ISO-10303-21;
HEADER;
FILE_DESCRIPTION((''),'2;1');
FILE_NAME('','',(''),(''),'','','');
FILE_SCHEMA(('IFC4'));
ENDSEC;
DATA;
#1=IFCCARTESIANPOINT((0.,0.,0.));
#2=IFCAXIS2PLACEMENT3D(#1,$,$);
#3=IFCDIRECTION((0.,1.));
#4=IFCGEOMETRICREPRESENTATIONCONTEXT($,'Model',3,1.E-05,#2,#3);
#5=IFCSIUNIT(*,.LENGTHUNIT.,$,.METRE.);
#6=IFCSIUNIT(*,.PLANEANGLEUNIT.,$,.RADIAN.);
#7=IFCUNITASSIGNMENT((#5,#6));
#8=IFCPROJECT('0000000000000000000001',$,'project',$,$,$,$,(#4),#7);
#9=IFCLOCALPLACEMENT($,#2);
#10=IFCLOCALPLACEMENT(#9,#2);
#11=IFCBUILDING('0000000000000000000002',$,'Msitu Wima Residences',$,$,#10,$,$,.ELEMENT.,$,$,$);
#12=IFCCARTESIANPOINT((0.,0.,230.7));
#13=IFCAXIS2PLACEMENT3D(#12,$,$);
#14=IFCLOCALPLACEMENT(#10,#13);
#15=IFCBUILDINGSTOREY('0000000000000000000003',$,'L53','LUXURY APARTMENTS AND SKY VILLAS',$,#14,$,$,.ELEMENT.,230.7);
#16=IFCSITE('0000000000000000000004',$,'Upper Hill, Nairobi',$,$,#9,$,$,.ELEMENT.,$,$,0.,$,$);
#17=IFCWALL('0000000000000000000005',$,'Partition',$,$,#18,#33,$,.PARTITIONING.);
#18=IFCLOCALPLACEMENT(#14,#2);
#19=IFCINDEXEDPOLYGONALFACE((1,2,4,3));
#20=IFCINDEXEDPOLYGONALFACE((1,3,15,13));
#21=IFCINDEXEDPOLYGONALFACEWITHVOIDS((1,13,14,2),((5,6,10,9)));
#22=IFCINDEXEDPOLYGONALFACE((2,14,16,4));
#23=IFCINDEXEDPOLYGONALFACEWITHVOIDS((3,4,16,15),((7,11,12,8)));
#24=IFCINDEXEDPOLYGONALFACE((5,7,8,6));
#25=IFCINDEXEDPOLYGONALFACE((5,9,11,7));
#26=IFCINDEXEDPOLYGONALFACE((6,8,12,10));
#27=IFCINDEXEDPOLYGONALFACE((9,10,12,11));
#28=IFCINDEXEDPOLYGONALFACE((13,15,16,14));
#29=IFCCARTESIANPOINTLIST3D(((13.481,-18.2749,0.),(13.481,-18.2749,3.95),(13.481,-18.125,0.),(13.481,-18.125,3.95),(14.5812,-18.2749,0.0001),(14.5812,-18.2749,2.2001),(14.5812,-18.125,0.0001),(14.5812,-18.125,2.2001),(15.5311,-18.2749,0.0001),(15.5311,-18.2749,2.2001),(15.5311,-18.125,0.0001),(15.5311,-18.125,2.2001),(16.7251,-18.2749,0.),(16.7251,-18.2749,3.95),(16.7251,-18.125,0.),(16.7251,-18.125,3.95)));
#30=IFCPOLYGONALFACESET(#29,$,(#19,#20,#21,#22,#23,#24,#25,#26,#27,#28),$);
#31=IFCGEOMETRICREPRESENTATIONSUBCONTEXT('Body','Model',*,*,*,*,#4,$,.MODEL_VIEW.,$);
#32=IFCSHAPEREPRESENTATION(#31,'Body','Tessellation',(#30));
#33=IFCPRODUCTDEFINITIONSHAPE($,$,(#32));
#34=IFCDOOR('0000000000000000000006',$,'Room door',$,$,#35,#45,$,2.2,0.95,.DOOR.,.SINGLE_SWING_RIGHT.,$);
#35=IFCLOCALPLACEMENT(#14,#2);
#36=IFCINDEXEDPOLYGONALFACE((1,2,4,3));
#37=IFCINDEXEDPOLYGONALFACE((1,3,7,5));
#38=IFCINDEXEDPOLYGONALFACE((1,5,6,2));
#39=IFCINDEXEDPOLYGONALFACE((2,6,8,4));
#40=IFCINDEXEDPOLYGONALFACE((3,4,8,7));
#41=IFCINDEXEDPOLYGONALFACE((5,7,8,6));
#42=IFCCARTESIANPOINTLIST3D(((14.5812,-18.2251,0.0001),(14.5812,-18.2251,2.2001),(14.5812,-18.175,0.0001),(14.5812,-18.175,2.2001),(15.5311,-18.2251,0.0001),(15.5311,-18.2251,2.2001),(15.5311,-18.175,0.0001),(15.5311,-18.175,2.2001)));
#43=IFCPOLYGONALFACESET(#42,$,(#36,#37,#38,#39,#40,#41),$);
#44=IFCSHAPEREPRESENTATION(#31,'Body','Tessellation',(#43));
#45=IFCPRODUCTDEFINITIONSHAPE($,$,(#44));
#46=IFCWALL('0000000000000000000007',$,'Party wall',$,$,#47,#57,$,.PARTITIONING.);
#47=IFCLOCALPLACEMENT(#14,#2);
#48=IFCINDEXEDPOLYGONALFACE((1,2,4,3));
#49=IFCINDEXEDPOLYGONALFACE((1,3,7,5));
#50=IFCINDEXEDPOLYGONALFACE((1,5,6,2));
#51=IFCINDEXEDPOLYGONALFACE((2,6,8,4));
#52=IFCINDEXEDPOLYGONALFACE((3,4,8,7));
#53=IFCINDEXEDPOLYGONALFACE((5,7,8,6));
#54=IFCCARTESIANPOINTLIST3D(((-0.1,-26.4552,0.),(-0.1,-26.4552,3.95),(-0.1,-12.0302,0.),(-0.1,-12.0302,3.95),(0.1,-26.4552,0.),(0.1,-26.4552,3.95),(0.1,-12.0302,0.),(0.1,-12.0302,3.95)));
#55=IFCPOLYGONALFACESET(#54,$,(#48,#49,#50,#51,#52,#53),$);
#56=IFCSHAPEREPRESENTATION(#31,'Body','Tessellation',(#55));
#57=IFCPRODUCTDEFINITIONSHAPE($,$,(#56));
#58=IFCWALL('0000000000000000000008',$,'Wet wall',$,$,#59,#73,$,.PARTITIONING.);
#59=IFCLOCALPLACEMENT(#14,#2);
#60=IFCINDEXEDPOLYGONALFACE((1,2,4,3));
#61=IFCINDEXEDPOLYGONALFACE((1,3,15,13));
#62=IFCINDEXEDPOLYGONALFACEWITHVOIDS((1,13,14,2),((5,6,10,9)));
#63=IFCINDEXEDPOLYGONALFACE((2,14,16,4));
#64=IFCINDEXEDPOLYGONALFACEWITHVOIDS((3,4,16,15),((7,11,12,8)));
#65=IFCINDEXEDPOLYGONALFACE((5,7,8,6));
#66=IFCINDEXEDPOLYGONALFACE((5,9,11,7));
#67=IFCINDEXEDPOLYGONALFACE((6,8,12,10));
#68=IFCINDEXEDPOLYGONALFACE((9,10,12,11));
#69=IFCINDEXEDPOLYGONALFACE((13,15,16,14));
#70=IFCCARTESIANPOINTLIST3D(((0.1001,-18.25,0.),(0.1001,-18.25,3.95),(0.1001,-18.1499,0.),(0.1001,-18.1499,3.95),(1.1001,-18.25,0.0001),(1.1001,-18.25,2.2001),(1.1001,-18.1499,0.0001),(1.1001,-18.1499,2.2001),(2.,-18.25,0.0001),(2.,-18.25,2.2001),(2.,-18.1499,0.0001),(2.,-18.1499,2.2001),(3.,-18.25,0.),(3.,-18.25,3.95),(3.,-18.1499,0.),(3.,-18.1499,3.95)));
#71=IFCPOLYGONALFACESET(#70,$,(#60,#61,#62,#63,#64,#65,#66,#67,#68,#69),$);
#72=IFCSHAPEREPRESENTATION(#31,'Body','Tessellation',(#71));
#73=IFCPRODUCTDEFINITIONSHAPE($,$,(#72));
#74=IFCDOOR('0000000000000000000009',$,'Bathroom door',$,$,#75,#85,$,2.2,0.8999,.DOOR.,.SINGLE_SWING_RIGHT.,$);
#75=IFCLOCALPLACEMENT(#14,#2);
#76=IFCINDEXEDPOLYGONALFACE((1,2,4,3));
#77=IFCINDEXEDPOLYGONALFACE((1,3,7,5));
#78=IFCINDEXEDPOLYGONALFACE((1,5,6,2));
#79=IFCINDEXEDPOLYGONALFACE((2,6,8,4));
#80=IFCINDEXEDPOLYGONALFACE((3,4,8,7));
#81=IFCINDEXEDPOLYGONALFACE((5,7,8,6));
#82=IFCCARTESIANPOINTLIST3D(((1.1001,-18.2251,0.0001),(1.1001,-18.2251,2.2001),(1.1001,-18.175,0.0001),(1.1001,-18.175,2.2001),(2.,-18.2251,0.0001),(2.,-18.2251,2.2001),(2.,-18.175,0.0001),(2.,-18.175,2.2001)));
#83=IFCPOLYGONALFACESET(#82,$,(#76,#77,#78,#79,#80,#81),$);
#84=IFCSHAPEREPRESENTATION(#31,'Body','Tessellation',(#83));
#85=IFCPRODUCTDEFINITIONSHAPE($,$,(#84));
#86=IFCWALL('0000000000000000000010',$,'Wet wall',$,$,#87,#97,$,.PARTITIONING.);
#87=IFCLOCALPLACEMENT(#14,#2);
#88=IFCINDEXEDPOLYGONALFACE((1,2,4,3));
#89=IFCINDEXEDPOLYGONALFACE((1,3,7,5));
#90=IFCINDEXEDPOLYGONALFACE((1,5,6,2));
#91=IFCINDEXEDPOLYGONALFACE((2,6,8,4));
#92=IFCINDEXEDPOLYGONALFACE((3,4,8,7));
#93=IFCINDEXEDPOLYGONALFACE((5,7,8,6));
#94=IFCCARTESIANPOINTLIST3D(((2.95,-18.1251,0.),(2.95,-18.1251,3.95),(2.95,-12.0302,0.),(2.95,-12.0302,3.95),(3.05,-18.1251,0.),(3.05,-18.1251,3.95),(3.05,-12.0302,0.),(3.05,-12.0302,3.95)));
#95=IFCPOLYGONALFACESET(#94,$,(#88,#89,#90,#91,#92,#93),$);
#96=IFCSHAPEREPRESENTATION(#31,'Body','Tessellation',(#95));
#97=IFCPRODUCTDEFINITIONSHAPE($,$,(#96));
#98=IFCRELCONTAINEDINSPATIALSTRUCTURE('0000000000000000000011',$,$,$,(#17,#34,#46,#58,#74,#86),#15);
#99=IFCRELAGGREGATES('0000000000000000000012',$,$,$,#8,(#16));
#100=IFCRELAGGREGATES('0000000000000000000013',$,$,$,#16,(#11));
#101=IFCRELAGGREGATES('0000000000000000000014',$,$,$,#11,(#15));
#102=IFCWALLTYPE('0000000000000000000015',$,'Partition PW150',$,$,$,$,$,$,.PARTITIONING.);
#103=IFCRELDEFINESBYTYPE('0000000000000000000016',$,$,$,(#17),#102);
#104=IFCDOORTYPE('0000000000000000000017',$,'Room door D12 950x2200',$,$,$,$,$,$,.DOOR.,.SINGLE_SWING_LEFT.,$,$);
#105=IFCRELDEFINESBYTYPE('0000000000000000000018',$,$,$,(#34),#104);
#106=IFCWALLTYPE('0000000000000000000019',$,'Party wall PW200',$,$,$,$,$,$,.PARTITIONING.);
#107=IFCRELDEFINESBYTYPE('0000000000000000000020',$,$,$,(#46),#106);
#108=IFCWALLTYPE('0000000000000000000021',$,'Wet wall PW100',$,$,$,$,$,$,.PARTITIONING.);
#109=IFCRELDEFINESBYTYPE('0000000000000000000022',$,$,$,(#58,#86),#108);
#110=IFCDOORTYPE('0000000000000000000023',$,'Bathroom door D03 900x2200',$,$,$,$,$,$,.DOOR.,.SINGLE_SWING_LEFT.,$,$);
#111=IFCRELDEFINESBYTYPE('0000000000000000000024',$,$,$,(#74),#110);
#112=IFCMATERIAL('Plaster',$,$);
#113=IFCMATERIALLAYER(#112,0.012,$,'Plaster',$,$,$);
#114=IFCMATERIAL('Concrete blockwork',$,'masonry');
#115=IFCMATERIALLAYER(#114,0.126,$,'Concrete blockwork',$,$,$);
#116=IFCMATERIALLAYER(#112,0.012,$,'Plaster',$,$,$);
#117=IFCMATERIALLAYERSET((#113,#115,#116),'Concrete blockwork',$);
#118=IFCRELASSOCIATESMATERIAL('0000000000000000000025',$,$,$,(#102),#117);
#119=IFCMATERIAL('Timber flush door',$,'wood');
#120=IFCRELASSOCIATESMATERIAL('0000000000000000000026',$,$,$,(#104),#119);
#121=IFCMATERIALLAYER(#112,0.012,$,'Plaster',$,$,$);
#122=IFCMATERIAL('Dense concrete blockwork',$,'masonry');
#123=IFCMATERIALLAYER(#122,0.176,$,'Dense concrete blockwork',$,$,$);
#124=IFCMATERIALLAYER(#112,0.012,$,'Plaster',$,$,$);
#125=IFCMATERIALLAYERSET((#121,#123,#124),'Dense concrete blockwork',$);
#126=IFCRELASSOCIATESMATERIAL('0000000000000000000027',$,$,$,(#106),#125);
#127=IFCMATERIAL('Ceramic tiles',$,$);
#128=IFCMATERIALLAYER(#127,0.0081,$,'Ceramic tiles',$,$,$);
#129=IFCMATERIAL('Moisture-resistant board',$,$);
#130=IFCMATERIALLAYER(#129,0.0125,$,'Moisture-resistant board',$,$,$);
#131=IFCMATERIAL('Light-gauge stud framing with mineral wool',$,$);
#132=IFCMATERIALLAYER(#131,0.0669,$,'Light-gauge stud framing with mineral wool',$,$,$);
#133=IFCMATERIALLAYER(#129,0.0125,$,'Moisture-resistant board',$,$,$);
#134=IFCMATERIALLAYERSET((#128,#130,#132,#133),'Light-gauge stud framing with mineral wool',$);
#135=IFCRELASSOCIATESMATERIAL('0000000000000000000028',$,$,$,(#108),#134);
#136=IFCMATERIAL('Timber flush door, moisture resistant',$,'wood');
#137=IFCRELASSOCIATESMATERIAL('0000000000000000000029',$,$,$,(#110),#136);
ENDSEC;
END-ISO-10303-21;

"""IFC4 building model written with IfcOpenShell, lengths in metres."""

from ifc_helpers import new_model, si_unit, direction, frame, frame_2d, origin, place, context, subcontext, project, spatial, rectangle, extrude, material, layer, layer_set, type_object, element, fill, save


model = new_model("IFC4")

# Units and contexts
model_context = context("Model", 3, precision=1e-05, world=origin(), true_north=direction((0.0, 1.0)))
body_context = subcontext(model_context, "Body", "Model", "MODEL_VIEW")
ifc_project = project(units=[si_unit("LENGTHUNIT", "METRE"), si_unit("PLANEANGLEUNIT", "RADIAN")], contexts=[model_context])

# Site, building, storey
site_placement = place(None, origin())
site = spatial("IfcSite", under=ifc_project, at=site_placement, Name="Upper Hill, Nairobi", CompositionType="ELEMENT", RefElevation=0.0)
building_placement = place(site_placement, origin())
building = spatial("IfcBuilding", under=site, at=building_placement, Name="Msitu Wima Residences", CompositionType="ELEMENT")
storey_placement = place(building_placement, frame((0.0, 0.0, 230.7)))
storey = spatial("IfcBuildingStorey", under=building, at=storey_placement, Name="L53", Description="LUXURY APARTMENTS AND SKY VILLAS", CompositionType="ELEMENT", Elevation=230.7)

# Shared definitions
ifc_material_1 = material(Name="Plaster")
ifc_layer_1 = layer(ifc_material_1, 0.012, Name="Plaster")
ifc_material_2 = material(Name="Concrete blockwork", Category="masonry")
ifc_layer_2 = layer(ifc_material_2, 0.126, Name="Concrete blockwork")
ifc_layer_3 = layer(ifc_material_1, 0.012, Name="Plaster")
ifc_layer_set_1 = layer_set([ifc_layer_1, ifc_layer_2, ifc_layer_3], Name="Concrete blockwork")
wall_type_1 = type_object("IfcWallType", Name="Partition PW150", PredefinedType="PARTITIONING", material=ifc_layer_set_1)

# Shared definitions
ifc_material_3 = material(Name="Timber flush door", Category="wood")
door_type_1 = type_object("IfcDoorType", Name="Room door D12 950x2200", OperationType="SINGLE_SWING_LEFT", PredefinedType="DOOR", material=ifc_material_3)

# Wall, opening, door
wall_1_placement = place(storey_placement, frame((13.481, -18.2, 0.0), z_axis=(0.0, 0.0, 1.0), x_axis=(1.0, 0.0, 0.0)))
wall_1 = element("IfcWall", 1, at=wall_1_placement, inside=storey, type_object=wall_type_1, Name="Partition", PredefinedType="PARTITIONING", context=body_context, shape_type="SweptSolid", body=[
    extrude(rectangle(XDim=3.2441, YDim=0.1499, at=frame_2d((1.6221, 0.0))), origin(), (0.0, 0.0, 1.0), 3.95),
])
opening_1_placement = place(wall_1_placement, frame((1.1001, 0.0, 0.0)))
opening_1 = element("IfcOpeningElement", 2, at=opening_1_placement, cuts=wall_1, PredefinedType="OPENING", context=body_context, shape_type="SweptSolid", body=[
    extrude(rectangle(XDim=0.95, YDim=2.2, at=frame_2d((0.4751, 1.1001))), frame((0.0, 0.085, 0.0), z_axis=(0.0, -1.0, 0.0), x_axis=(1.0, 0.0, 0.0)), (0.0, 0.0, 1.0), 0.1699),
])
door_1_placement = place(opening_1_placement, origin())
door_1 = element("IfcDoor", 3, at=door_1_placement, inside=storey, type_object=door_type_1, Name="Room door", OperationType="SINGLE_SWING_RIGHT", OverallHeight=2.2, OverallWidth=0.95, PredefinedType="DOOR", context=body_context, shape_type="SweptSolid", body=[
    extrude(rectangle(XDim=0.95, YDim=2.2, at=frame_2d((0.4751, 1.1001))), frame((0.0, 0.0249, 0.0), z_axis=(0.0, -1.0, 0.0), x_axis=(1.0, 0.0, 0.0)), (0.0, 0.0, 1.0), 0.05),
])
fill(opening_1, door_1)

# Wall
ifc_layer_4 = layer(ifc_material_1, 0.012, Name="Plaster")
ifc_material_4 = material(Name="Dense concrete blockwork", Category="masonry")
ifc_layer_5 = layer(ifc_material_4, 0.176, Name="Dense concrete blockwork")
ifc_layer_6 = layer(ifc_material_1, 0.012, Name="Plaster")
ifc_layer_set_2 = layer_set([ifc_layer_4, ifc_layer_5, ifc_layer_6], Name="Dense concrete blockwork")
wall_type_2 = type_object("IfcWallType", Name="Party wall PW200", PredefinedType="PARTITIONING", material=ifc_layer_set_2)
wall_2_placement = place(storey_placement, frame((0.0, -26.4551, 0.0), z_axis=(0.0, 0.0, 1.0), x_axis=(0.0, 1.0, 0.0)))
element("IfcWall", 4, at=wall_2_placement, inside=storey, type_object=wall_type_2, Name="Party wall", PredefinedType="PARTITIONING", context=body_context, shape_type="SweptSolid", body=[
    extrude(rectangle(XDim=14.425, YDim=0.2, at=frame_2d((7.2124, 0.0))), origin(), (0.0, 0.0, 1.0), 3.95),
])

# Wall, opening, door
ifc_material_5 = material(Name="Ceramic tiles")
ifc_layer_7 = layer(ifc_material_5, 0.0081, Name="Ceramic tiles")
ifc_material_6 = material(Name="Moisture-resistant board")
ifc_layer_8 = layer(ifc_material_6, 0.0125, Name="Moisture-resistant board")
ifc_material_7 = material(Name="Light-gauge stud framing with mineral wool")
ifc_layer_9 = layer(ifc_material_7, 0.0669, Name="Light-gauge stud framing with mineral wool")
ifc_layer_10 = layer(ifc_material_6, 0.0125, Name="Moisture-resistant board")
ifc_layer_set_3 = layer_set([ifc_layer_7, ifc_layer_8, ifc_layer_9, ifc_layer_10], Name="Light-gauge stud framing with mineral wool")
wall_type_3 = type_object("IfcWallType", Name="Wet wall PW100", PredefinedType="PARTITIONING", material=ifc_layer_set_3)
wall_3_placement = place(storey_placement, frame((0.1001, -18.2, 0.0), z_axis=(0.0, 0.0, 1.0), x_axis=(1.0, 0.0, 0.0)))
wall_3 = element("IfcWall", 5, at=wall_3_placement, inside=storey, type_object=wall_type_3, Name="Wet wall", PredefinedType="PARTITIONING", context=body_context, shape_type="SweptSolid", body=[
    extrude(rectangle(XDim=2.8999, YDim=0.1001, at=frame_2d((1.45, 0.0))), origin(), (0.0, 0.0, 1.0), 3.95),
])
opening_2_placement = place(wall_3_placement, frame((1.0, 0.0, 0.0)))
opening_2 = element("IfcOpeningElement", 6, at=opening_2_placement, cuts=wall_3, PredefinedType="OPENING", context=body_context, shape_type="SweptSolid", body=[
    extrude(rectangle(XDim=0.8999, YDim=2.2, at=frame_2d((0.45, 1.1001))), frame((0.0, 0.0601, 0.0), z_axis=(0.0, -1.0, 0.0), x_axis=(1.0, 0.0, 0.0)), (0.0, 0.0, 1.0), 0.1201),
])
ifc_material_8 = material(Name="Timber flush door, moisture resistant", Category="wood")
door_type_2 = type_object("IfcDoorType", Name="Bathroom door D03 900x2200", OperationType="SINGLE_SWING_LEFT", PredefinedType="DOOR", material=ifc_material_8)
door_2_placement = place(opening_2_placement, origin())
door_2 = element("IfcDoor", 7, at=door_2_placement, inside=storey, type_object=door_type_2, Name="Bathroom door", OperationType="SINGLE_SWING_RIGHT", OverallHeight=2.2, OverallWidth=0.8999, PredefinedType="DOOR", context=body_context, shape_type="SweptSolid", body=[
    extrude(rectangle(XDim=0.8999, YDim=2.2, at=frame_2d((0.45, 1.1001))), frame((0.0, 0.0249, 0.0), z_axis=(0.0, -1.0, 0.0), x_axis=(1.0, 0.0, 0.0)), (0.0, 0.0, 1.0), 0.05),
])
fill(opening_2, door_2)

# Wall
wall_4_placement = place(storey_placement, frame((3.0, -18.125, 0.0), z_axis=(0.0, 0.0, 1.0), x_axis=(0.0, 1.0, 0.0)))
element("IfcWall", 8, at=wall_4_placement, inside=storey, type_object=wall_type_3, Name="Wet wall", PredefinedType="PARTITIONING", context=body_context, shape_type="SweptSolid", body=[
    extrude(rectangle(XDim=6.095, YDim=0.1001, at=frame_2d((3.0474, 0.0))), origin(), (0.0, 0.0, 1.0), 3.95),
])

save(model, "model.ifc")
